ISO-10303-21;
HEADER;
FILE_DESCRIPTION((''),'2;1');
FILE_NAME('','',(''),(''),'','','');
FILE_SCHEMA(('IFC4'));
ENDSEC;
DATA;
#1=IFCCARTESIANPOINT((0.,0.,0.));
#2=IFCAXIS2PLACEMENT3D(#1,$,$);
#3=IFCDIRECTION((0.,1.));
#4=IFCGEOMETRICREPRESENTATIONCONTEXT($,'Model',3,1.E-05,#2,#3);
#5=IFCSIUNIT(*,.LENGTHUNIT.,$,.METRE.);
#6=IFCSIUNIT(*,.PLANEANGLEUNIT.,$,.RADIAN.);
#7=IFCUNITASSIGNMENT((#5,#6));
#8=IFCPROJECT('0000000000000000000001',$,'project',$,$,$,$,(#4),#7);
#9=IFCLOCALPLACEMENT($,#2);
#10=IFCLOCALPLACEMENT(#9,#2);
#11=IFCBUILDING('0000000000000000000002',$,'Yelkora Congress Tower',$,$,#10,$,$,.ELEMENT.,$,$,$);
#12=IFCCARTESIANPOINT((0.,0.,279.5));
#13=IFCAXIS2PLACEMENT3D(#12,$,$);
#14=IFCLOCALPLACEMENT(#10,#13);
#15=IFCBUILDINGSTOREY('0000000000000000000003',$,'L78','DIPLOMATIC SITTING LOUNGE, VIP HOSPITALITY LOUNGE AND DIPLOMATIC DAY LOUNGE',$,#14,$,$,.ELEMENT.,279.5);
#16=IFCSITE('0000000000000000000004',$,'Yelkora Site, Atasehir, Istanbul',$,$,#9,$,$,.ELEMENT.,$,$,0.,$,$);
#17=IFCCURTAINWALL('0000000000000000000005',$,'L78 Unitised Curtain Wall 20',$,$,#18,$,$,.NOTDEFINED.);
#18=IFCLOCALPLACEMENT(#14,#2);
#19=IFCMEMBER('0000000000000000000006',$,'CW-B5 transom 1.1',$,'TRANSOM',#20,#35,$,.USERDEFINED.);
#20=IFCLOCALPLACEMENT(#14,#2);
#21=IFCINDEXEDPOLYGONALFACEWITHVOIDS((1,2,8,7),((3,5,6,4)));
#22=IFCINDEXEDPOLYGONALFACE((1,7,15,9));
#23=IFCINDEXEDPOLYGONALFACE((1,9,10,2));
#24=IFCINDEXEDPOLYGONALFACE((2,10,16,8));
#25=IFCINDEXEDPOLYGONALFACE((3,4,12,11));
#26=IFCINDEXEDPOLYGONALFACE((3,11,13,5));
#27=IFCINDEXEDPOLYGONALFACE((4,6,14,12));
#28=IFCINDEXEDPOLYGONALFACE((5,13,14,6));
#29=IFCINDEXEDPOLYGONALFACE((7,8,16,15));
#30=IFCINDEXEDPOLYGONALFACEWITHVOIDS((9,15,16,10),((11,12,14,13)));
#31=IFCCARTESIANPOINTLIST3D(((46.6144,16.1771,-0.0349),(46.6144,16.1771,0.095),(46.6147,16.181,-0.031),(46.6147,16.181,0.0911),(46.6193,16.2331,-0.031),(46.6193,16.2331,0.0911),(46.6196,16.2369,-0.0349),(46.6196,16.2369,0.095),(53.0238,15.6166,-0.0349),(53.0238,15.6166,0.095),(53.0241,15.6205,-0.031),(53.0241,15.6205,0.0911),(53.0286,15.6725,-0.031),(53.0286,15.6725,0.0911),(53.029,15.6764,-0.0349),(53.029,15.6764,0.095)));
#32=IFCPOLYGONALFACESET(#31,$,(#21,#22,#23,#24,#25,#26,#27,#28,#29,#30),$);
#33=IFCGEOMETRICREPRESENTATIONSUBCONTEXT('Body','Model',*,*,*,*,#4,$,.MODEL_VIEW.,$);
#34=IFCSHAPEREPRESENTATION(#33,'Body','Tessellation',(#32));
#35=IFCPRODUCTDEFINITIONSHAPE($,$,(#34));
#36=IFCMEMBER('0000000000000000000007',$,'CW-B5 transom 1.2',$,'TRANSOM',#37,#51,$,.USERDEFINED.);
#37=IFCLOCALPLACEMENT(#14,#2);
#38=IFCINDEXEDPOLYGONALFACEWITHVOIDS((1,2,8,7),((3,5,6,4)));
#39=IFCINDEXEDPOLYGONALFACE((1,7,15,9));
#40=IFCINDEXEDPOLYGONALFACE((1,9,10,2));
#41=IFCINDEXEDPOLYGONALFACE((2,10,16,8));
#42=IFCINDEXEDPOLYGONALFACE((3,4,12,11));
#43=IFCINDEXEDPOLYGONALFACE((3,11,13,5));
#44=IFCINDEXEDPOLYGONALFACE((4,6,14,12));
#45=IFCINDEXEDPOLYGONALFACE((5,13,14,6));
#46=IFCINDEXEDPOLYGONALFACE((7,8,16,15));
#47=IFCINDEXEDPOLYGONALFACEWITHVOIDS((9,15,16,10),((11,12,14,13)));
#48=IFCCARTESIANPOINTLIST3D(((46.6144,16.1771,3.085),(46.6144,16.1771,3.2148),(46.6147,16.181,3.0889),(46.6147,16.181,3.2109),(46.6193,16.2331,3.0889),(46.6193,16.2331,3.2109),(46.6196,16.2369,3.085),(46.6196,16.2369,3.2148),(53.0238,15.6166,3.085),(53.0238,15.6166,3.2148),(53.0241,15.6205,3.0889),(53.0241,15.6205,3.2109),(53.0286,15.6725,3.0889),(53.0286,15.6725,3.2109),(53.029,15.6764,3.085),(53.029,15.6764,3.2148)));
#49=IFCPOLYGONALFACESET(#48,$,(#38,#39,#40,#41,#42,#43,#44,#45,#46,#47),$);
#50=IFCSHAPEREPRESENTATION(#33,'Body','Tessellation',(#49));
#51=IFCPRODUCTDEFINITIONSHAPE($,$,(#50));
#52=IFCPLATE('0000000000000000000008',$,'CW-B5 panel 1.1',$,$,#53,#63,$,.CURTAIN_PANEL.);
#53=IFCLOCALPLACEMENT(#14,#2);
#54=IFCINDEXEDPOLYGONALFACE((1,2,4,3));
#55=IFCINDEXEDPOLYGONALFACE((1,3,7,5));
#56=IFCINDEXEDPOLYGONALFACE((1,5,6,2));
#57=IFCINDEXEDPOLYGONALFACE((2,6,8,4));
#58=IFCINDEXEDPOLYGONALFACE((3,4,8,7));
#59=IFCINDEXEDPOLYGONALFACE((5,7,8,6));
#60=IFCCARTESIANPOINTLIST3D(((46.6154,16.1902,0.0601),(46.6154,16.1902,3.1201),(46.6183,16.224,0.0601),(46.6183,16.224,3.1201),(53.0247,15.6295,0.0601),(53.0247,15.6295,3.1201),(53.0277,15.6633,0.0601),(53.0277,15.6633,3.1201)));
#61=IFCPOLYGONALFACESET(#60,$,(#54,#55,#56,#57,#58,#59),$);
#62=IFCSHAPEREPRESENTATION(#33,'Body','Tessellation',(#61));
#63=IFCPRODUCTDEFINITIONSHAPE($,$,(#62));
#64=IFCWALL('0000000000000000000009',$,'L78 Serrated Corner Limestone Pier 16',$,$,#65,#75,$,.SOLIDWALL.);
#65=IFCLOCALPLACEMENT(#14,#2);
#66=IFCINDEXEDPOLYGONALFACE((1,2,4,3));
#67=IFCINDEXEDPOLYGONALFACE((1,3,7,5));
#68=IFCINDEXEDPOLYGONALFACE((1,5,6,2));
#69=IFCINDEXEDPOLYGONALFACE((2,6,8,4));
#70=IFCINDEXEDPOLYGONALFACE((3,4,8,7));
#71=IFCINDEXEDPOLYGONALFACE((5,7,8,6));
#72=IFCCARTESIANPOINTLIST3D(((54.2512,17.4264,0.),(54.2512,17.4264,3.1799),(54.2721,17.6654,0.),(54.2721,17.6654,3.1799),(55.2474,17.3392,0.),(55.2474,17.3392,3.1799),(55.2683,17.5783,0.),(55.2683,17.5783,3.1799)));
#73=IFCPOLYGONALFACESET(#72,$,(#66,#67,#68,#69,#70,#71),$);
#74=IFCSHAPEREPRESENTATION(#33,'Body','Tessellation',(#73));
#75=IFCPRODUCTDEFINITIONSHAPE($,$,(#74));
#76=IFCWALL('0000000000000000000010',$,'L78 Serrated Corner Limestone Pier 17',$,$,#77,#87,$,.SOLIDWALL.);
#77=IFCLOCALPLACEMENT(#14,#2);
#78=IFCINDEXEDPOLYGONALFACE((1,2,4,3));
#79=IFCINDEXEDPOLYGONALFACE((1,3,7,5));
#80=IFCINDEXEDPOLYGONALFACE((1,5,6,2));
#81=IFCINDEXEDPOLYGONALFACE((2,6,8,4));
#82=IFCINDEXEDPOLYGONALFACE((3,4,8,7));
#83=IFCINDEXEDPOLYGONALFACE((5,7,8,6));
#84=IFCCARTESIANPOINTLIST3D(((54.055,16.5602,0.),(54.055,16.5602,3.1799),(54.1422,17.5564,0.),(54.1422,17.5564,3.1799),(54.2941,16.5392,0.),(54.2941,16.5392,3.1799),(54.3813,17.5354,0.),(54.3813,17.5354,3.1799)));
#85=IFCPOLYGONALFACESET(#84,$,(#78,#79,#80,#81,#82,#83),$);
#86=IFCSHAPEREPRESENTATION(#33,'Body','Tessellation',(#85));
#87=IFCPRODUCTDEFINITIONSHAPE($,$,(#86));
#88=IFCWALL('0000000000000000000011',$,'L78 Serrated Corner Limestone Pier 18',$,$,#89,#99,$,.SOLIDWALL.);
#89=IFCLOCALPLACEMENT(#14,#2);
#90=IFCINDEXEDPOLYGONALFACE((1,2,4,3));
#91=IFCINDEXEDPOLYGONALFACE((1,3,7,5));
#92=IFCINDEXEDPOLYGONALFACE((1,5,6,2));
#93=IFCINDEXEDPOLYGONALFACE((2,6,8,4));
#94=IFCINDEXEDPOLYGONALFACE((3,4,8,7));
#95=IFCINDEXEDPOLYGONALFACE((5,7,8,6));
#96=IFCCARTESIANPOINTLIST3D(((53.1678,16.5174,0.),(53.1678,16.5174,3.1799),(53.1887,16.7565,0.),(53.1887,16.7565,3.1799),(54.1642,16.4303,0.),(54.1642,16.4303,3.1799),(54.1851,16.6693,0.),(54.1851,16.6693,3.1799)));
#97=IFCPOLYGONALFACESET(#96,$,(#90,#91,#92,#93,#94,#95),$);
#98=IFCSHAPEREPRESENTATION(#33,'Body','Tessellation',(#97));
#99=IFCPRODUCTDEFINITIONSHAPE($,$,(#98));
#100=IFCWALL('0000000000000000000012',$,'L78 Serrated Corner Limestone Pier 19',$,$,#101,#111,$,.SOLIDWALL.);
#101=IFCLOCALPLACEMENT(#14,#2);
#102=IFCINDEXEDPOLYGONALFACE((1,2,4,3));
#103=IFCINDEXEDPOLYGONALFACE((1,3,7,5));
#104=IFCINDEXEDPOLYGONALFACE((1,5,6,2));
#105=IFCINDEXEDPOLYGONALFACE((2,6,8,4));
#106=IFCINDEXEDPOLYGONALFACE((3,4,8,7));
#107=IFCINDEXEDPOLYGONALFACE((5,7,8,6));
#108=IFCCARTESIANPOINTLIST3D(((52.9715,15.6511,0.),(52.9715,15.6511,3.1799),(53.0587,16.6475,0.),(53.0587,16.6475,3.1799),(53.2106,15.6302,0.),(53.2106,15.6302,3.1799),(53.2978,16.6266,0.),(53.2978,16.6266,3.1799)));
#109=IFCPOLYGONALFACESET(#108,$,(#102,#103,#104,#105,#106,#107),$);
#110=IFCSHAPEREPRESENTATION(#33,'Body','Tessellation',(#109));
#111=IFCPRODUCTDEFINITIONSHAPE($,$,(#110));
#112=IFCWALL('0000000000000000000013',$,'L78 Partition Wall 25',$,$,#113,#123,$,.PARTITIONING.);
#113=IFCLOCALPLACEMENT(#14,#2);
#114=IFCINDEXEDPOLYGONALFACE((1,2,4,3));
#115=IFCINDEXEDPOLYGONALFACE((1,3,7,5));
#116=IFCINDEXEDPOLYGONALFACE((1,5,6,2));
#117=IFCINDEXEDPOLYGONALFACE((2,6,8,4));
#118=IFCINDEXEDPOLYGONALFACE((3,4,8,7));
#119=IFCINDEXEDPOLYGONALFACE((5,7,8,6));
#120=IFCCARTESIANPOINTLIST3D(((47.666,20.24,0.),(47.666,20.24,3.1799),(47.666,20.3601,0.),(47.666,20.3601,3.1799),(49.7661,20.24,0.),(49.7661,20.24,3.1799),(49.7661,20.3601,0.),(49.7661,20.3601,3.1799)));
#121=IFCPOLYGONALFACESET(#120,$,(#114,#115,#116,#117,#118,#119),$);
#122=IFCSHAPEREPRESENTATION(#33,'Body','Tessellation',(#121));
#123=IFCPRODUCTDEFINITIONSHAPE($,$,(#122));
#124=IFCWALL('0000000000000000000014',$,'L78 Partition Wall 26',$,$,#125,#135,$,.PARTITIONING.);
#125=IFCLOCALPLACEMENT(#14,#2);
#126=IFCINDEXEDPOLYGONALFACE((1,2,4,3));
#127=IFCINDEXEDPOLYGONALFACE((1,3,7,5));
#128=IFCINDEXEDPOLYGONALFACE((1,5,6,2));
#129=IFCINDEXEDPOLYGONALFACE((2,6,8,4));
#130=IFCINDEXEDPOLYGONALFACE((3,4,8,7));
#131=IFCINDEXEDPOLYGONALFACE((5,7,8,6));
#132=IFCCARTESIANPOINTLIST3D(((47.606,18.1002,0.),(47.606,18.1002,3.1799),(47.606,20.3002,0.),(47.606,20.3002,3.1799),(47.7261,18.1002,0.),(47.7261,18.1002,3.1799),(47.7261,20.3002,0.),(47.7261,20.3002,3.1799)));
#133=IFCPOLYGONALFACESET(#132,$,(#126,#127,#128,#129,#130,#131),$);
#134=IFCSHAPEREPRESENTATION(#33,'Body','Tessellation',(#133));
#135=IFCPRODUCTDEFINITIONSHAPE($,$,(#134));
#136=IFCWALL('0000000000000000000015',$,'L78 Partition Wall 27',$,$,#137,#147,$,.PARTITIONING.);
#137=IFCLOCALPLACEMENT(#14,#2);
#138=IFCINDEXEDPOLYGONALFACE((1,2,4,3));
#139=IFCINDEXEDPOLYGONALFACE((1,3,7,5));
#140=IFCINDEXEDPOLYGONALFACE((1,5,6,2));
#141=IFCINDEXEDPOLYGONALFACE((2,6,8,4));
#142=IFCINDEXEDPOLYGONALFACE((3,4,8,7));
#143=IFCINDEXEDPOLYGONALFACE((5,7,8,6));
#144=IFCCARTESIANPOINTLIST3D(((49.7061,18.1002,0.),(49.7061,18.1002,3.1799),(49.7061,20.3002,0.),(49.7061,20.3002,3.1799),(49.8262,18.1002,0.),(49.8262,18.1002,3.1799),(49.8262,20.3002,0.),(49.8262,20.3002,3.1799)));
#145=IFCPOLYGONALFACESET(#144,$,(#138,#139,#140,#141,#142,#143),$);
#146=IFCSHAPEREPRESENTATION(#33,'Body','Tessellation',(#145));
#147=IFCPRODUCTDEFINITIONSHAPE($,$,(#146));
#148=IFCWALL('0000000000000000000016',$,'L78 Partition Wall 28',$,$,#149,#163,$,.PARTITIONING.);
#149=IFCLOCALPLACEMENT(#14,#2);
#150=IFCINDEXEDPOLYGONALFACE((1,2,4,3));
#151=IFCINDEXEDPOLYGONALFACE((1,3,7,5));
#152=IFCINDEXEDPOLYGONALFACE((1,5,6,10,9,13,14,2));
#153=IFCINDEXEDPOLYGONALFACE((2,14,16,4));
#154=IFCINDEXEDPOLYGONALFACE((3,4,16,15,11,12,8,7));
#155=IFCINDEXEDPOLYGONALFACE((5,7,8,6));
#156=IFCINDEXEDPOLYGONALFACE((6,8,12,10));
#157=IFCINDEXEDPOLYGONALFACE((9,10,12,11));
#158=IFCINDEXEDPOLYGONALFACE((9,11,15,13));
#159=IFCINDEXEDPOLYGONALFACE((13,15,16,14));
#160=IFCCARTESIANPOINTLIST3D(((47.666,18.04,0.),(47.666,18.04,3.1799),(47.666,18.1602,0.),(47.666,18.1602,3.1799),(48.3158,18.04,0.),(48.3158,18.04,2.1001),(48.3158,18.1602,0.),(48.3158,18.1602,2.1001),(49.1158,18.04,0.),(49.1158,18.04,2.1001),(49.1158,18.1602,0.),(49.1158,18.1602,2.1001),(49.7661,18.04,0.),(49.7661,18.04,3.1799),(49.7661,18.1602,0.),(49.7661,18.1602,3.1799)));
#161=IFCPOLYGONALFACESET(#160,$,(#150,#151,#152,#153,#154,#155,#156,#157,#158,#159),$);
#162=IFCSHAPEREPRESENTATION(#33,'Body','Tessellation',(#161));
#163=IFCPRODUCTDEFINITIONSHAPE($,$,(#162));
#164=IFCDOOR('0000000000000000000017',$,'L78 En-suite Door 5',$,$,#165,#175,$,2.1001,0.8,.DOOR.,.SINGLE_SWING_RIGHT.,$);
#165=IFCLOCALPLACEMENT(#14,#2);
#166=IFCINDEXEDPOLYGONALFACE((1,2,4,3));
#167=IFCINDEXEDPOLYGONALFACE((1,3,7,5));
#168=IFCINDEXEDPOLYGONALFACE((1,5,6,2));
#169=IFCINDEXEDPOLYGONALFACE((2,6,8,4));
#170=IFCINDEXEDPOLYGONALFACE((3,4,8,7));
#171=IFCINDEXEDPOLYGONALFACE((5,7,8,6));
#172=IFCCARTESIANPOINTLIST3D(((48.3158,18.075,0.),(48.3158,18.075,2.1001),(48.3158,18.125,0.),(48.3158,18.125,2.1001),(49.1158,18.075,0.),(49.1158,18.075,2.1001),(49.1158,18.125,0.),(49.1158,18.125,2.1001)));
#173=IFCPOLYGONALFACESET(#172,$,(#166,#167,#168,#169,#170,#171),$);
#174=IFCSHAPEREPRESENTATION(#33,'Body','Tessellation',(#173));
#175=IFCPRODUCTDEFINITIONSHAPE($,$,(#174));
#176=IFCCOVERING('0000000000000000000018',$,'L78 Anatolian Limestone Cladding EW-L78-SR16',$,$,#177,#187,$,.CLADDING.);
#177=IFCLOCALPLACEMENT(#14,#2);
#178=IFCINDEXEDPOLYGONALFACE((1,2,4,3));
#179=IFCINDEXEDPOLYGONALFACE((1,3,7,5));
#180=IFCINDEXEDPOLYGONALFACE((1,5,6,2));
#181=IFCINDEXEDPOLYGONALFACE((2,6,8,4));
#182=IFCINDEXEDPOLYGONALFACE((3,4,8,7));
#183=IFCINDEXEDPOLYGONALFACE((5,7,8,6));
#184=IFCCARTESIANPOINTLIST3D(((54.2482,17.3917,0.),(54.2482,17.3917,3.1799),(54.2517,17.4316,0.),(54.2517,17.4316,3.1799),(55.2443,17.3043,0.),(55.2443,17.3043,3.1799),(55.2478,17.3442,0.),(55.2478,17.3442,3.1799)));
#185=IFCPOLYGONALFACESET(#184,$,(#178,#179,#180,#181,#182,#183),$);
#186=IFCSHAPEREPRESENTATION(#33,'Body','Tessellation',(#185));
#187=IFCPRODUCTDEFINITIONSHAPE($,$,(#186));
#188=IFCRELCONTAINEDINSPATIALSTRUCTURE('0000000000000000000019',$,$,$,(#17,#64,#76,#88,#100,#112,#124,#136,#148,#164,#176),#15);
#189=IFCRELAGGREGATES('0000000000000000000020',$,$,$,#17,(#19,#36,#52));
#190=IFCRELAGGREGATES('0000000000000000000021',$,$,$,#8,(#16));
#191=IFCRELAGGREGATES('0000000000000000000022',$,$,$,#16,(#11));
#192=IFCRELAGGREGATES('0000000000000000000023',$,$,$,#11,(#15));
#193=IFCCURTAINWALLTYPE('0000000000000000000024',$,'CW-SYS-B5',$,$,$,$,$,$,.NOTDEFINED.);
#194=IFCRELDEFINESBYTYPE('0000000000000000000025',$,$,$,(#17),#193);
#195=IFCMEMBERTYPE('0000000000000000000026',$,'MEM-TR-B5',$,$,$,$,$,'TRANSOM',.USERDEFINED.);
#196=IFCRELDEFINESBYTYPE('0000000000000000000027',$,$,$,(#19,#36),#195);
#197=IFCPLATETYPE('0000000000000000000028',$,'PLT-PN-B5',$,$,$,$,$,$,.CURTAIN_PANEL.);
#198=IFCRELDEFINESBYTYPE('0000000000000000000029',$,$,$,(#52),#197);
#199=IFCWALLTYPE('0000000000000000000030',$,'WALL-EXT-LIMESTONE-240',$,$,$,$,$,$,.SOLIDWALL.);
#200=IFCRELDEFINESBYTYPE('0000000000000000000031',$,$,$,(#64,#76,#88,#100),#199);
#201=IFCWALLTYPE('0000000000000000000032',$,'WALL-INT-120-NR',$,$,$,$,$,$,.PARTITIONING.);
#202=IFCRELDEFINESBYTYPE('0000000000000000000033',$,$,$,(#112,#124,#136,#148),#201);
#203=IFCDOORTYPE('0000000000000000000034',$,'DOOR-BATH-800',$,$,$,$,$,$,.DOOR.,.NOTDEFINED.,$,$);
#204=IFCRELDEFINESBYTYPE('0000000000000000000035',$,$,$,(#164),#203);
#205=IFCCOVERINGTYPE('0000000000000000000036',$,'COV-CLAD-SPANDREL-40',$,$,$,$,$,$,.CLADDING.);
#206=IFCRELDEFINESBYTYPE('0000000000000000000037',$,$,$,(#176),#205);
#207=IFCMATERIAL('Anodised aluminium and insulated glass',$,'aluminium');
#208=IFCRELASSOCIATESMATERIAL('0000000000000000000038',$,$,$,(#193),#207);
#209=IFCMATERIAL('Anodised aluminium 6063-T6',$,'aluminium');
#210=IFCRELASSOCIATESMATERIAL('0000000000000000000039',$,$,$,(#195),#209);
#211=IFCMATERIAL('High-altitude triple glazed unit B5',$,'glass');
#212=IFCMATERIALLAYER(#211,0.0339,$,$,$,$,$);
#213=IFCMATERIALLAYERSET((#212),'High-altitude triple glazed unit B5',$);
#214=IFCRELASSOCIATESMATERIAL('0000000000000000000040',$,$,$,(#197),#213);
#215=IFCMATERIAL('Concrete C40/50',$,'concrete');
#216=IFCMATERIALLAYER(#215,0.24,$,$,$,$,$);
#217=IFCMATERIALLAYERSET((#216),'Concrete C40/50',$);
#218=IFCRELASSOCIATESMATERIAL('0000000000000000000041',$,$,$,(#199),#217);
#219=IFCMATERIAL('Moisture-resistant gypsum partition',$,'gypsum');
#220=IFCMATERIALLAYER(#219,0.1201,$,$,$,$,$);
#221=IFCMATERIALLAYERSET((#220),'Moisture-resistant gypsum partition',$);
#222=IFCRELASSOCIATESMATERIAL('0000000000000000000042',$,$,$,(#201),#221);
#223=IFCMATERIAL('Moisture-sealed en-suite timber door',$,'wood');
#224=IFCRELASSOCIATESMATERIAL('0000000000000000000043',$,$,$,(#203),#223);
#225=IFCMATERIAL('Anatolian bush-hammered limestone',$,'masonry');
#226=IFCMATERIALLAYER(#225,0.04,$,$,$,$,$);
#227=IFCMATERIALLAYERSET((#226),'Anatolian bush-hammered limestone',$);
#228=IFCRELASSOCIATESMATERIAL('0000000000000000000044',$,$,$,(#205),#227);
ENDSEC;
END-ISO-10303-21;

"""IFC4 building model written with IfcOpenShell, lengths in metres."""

from ifc_helpers import new_model, si_unit, direction, frame, frame_2d, origin, origin_2d, place, context, subcontext, project, spatial, rectangle, hollow_rectangle, extrude, material, layer, layer_set, material_profile, profile_set, type_object, element, fill, aggregate, save


model = new_model("IFC4")

# Units and contexts
model_context = context("Model", 3, precision=1e-05, world=origin(), true_north=direction((0.0, 1.0)))
body_context = subcontext(model_context, "Body", "Model", "MODEL_VIEW")
ifc_project = project(units=[si_unit("LENGTHUNIT", "METRE"), si_unit("PLANEANGLEUNIT", "RADIAN")], contexts=[model_context])

# Site, building, storey
site_placement = place(None, origin())
site = spatial("IfcSite", under=ifc_project, at=site_placement, Name="Yelkora Site, Atasehir, Istanbul", CompositionType="ELEMENT", RefElevation=0.0)
building_placement = place(site_placement, origin())
building = spatial("IfcBuilding", under=site, at=building_placement, Name="Yelkora Congress Tower", CompositionType="ELEMENT")
storey_placement = place(building_placement, frame((0.0, 0.0, 279.5)))
storey = spatial("IfcBuildingStorey", under=building, at=storey_placement, Name="L78", Description="DIPLOMATIC SITTING LOUNGE, VIP HOSPITALITY LOUNGE AND DIPLOMATIC DAY LOUNGE", CompositionType="ELEMENT", Elevation=279.5)

# Shared definitions
ifc_material_1 = material(Name="Anodised aluminium and insulated glass", Category="aluminium")
curtain_wall_type = type_object("IfcCurtainWallType", Name="CW-SYS-B5", PredefinedType="NOTDEFINED", material=ifc_material_1)
ifc_material_2 = material(Name="Anodised aluminium 6063-T6", Category="aluminium")

# Curtain wall, members, plate
curtain_wall_1_placement = place(storey_placement, origin())
curtain_wall_1 = element("IfcCurtainWall", 1, at=curtain_wall_1_placement, inside=storey, type_object=curtain_wall_type, Name="L78 Unitised Curtain Wall 20", PredefinedType="NOTDEFINED")
ifc_material_profile_1 = material_profile(ifc_material_2, hollow_rectangle(XDim=0.0601, YDim=0.1299, WallThickness=0.0039, at=origin_2d()), Name="ALU 60x130x4")
ifc_profile_set_1 = profile_set([ifc_material_profile_1], Name="Anodised aluminium 6063-T6")
member_type_1 = type_object("IfcMemberType", Name="MEM-TR-B5", ElementType="TRANSOM", PredefinedType="USERDEFINED", material=ifc_profile_set_1)
member_1_placement = place(storey_placement, frame((53.0264, 15.6465, 0.03), z_axis=(-0.996197, 0.087124, 0.0), x_axis=(-0.087124, -0.996197, 0.0)))
member_1 = element("IfcMember", 2, at=member_1_placement, type_object=member_type_1, Name="CW-B5 transom 1.1", ObjectType="TRANSOM", PredefinedType="USERDEFINED", context=body_context, shape_type="SweptSolid", body=[
    extrude(hollow_rectangle(XDim=0.0601, YDim=0.1299, WallThickness=0.0039, at=origin_2d()), origin(), (0.0, 0.0, 1.0), 6.4338),
])
member_2_placement = place(storey_placement, frame((53.0264, 15.6465, 3.1499), z_axis=(-0.996197, 0.087124, 0.0), x_axis=(-0.087124, -0.996197, 0.0)))
member_2 = element("IfcMember", 3, at=member_2_placement, type_object=member_type_1, Name="CW-B5 transom 1.2", ObjectType="TRANSOM", PredefinedType="USERDEFINED", context=body_context, shape_type="SweptSolid", body=[
    extrude(hollow_rectangle(XDim=0.0601, YDim=0.1299, WallThickness=0.0039, at=origin_2d()), origin(), (0.0, 0.0, 1.0), 6.4338),
])
ifc_material_3 = material(Name="High-altitude triple glazed unit B5", Category="glass")
ifc_layer_1 = layer(ifc_material_3, 0.0339)
ifc_layer_set_1 = layer_set([ifc_layer_1], Name="High-altitude triple glazed unit B5")
plate_type = type_object("IfcPlateType", Name="PLT-PN-B5", PredefinedType="CURTAIN_PANEL", material=ifc_layer_set_1)
plate_placement = place(storey_placement, frame((49.8215, 15.9268, 0.0601), z_axis=(0.0, 0.0, 1.0), x_axis=(-0.996195, 0.087157, 0.0)))
plate = element("IfcPlate", 4, at=plate_placement, type_object=plate_type, Name="CW-B5 panel 1.1", PredefinedType="CURTAIN_PANEL", context=body_context, shape_type="SweptSolid", body=[
    extrude(rectangle(XDim=6.4338, YDim=0.0339, at=origin_2d()), origin(), (0.0, 0.0, 1.0), 3.0601),
])
aggregate(curtain_wall_1, [member_1, member_2, plate])

# Walls
ifc_material_4 = material(Name="Concrete C40/50", Category="concrete")
ifc_layer_2 = layer(ifc_material_4, 0.24)
ifc_layer_set_2 = layer_set([ifc_layer_2], Name="Concrete C40/50")
wall_type_1 = type_object("IfcWallType", Name="WALL-EXT-LIMESTONE-240", PredefinedType="SOLIDWALL", material=ifc_layer_set_2)
for number, where, z_axis, x_axis, name in (
    (5, (55.2578, 17.4587, 0.0), (0.0, 0.0, 1.0), (-0.996194, 0.087167, 0.0), "L78 Serrated Corner Limestone Pier 16"),
    (6, (54.2617, 17.5459, 0.0), (0.0, 0.0, 1.0), (-0.087167, -0.996194, 0.0), "L78 Serrated Corner Limestone Pier 17"),
):
    element("IfcWall", number, at=place(storey_placement, frame(where, z_axis=z_axis, x_axis=x_axis)), inside=storey, type_object=wall_type_1, Name=name, PredefinedType="SOLIDWALL", context=body_context, shape_type="SweptSolid", body=[
        extrude(rectangle(XDim=1.0, YDim=0.24, at=frame_2d((0.5, 0.0))), origin(), (0.0, 0.0, 1.0), 3.1799),
    ])
for number, where, z_axis, x_axis, name in (
    (7, (54.1746, 16.5498, 0.0), (0.0, 0.0, 1.0), (-0.996196, 0.087146, 0.0), "L78 Serrated Corner Limestone Pier 18"),
    (8, (53.1782, 16.637, 0.0), (0.0, 0.0, 1.0), (-0.087146, -0.996196, 0.0), "L78 Serrated Corner Limestone Pier 19"),
):
    element("IfcWall", number, at=place(storey_placement, frame(where, z_axis=z_axis, x_axis=x_axis)), inside=storey, type_object=wall_type_1, Name=name, PredefinedType="SOLIDWALL", context=body_context, shape_type="SweptSolid", body=[
        extrude(rectangle(XDim=1.0002, YDim=0.24, at=frame_2d((0.5, 0.0))), origin(), (0.0, 0.0, 1.0), 3.1799),
    ])
ifc_material_5 = material(Name="Moisture-resistant gypsum partition", Category="gypsum")
ifc_layer_3 = layer(ifc_material_5, 0.1201)
ifc_layer_set_3 = layer_set([ifc_layer_3], Name="Moisture-resistant gypsum partition")
wall_type_2 = type_object("IfcWallType", Name="WALL-INT-120-NR", PredefinedType="PARTITIONING", material=ifc_layer_set_3)
wall_1_placement = place(storey_placement, frame((47.666, 20.3, 0.0), z_axis=(0.0, 0.0, 1.0), x_axis=(1.0, 0.0, 0.0)))
element("IfcWall", 9, at=wall_1_placement, inside=storey, type_object=wall_type_2, Name="L78 Partition Wall 25", PredefinedType="PARTITIONING", context=body_context, shape_type="SweptSolid", body=[
    extrude(rectangle(XDim=2.1001, YDim=0.1201, at=frame_2d((1.05, 0.0))), origin(), (0.0, 0.0, 1.0), 3.1799),
])
for number, where, z_axis, x_axis, name in (
    (10, (47.666, 18.1001, 0.0), (0.0, 0.0, 1.0), (0.0, 1.0, 0.0), "L78 Partition Wall 26"),
    (11, (49.7661, 18.1001, 0.0), (0.0, 0.0, 1.0), (0.0, 1.0, 0.0), "L78 Partition Wall 27"),
):
    element("IfcWall", number, at=place(storey_placement, frame(where, z_axis=z_axis, x_axis=x_axis)), inside=storey, type_object=wall_type_2, Name=name, PredefinedType="PARTITIONING", context=body_context, shape_type="SweptSolid", body=[
        extrude(rectangle(XDim=2.2, YDim=0.1201, at=frame_2d((1.1001, 0.0))), origin(), (0.0, 0.0, 1.0), 3.1799),
    ])

# Wall, opening, door
wall_2_placement = place(storey_placement, frame((47.666, 18.1001, 0.0), z_axis=(0.0, 0.0, 1.0), x_axis=(1.0, 0.0, 0.0)))
wall_2 = element("IfcWall", 12, at=wall_2_placement, inside=storey, type_object=wall_type_2, Name="L78 Partition Wall 28", PredefinedType="PARTITIONING", context=body_context, shape_type="SweptSolid", body=[
    extrude(rectangle(XDim=2.1001, YDim=0.1201, at=frame_2d((1.05, 0.0))), origin(), (0.0, 0.0, 1.0), 3.1799),
])
opening_placement = place(wall_2_placement, frame((0.6499, 0.0, 0.0)))
opening = element("IfcOpeningElement", 13, at=opening_placement, cuts=wall_2, PredefinedType="OPENING", context=body_context, shape_type="SweptSolid", body=[
    extrude(rectangle(XDim=0.8, YDim=2.1001, at=frame_2d((0.3999, 1.05))), frame((0.0, 0.0701, 0.0), z_axis=(0.0, -1.0, 0.0), x_axis=(1.0, 0.0, 0.0)), (0.0, 0.0, 1.0), 0.1401),
])
ifc_material_6 = material(Name="Moisture-sealed en-suite timber door", Category="wood")
door_type = type_object("IfcDoorType", Name="DOOR-BATH-800", OperationType="NOTDEFINED", PredefinedType="DOOR", material=ifc_material_6)
door_placement = place(opening_placement, origin())
door = element("IfcDoor", 14, at=door_placement, inside=storey, type_object=door_type, Name="L78 En-suite Door 5", OperationType="SINGLE_SWING_RIGHT", OverallHeight=2.1001, OverallWidth=0.8, PredefinedType="DOOR", context=body_context, shape_type="SweptSolid", body=[
    extrude(rectangle(XDim=0.8, YDim=2.1001, at=frame_2d((0.3999, 1.05))), frame((0.0, 0.0249, 0.0), z_axis=(0.0, -1.0, 0.0), x_axis=(1.0, 0.0, 0.0)), (0.0, 0.0, 1.0), 0.05),
])
fill(opening, door)

# Covering
ifc_material_7 = material(Name="Anatolian bush-hammered limestone", Category="masonry")
ifc_layer_4 = layer(ifc_material_7, 0.04)
ifc_layer_set_4 = layer_set([ifc_layer_4], Name="Anatolian bush-hammered limestone")
covering_type = type_object("IfcCoveringType", Name="COV-CLAD-SPANDREL-40", PredefinedType="CLADDING", material=ifc_layer_set_4)
for number, where, z_axis, x_axis, name in (
    (15, (55.2461, 17.3242, 0.0), (0.0, 0.0, 1.0), (-0.996172, 0.087409, 0.0), "L78 Anatolian Limestone Cladding EW-L78-SR16"),
):
    element("IfcCovering", number, at=place(storey_placement, frame(where, z_axis=z_axis, x_axis=x_axis)), inside=storey, type_object=covering_type, Name=name, PredefinedType="CLADDING", context=body_context, shape_type="SweptSolid", body=[
        extrude(rectangle(XDim=1.0, YDim=0.04, at=frame_2d((0.5, 0.0))), origin(), (0.0, 0.0, 1.0), 3.1799),
    ])

save(model, "model.ifc")
